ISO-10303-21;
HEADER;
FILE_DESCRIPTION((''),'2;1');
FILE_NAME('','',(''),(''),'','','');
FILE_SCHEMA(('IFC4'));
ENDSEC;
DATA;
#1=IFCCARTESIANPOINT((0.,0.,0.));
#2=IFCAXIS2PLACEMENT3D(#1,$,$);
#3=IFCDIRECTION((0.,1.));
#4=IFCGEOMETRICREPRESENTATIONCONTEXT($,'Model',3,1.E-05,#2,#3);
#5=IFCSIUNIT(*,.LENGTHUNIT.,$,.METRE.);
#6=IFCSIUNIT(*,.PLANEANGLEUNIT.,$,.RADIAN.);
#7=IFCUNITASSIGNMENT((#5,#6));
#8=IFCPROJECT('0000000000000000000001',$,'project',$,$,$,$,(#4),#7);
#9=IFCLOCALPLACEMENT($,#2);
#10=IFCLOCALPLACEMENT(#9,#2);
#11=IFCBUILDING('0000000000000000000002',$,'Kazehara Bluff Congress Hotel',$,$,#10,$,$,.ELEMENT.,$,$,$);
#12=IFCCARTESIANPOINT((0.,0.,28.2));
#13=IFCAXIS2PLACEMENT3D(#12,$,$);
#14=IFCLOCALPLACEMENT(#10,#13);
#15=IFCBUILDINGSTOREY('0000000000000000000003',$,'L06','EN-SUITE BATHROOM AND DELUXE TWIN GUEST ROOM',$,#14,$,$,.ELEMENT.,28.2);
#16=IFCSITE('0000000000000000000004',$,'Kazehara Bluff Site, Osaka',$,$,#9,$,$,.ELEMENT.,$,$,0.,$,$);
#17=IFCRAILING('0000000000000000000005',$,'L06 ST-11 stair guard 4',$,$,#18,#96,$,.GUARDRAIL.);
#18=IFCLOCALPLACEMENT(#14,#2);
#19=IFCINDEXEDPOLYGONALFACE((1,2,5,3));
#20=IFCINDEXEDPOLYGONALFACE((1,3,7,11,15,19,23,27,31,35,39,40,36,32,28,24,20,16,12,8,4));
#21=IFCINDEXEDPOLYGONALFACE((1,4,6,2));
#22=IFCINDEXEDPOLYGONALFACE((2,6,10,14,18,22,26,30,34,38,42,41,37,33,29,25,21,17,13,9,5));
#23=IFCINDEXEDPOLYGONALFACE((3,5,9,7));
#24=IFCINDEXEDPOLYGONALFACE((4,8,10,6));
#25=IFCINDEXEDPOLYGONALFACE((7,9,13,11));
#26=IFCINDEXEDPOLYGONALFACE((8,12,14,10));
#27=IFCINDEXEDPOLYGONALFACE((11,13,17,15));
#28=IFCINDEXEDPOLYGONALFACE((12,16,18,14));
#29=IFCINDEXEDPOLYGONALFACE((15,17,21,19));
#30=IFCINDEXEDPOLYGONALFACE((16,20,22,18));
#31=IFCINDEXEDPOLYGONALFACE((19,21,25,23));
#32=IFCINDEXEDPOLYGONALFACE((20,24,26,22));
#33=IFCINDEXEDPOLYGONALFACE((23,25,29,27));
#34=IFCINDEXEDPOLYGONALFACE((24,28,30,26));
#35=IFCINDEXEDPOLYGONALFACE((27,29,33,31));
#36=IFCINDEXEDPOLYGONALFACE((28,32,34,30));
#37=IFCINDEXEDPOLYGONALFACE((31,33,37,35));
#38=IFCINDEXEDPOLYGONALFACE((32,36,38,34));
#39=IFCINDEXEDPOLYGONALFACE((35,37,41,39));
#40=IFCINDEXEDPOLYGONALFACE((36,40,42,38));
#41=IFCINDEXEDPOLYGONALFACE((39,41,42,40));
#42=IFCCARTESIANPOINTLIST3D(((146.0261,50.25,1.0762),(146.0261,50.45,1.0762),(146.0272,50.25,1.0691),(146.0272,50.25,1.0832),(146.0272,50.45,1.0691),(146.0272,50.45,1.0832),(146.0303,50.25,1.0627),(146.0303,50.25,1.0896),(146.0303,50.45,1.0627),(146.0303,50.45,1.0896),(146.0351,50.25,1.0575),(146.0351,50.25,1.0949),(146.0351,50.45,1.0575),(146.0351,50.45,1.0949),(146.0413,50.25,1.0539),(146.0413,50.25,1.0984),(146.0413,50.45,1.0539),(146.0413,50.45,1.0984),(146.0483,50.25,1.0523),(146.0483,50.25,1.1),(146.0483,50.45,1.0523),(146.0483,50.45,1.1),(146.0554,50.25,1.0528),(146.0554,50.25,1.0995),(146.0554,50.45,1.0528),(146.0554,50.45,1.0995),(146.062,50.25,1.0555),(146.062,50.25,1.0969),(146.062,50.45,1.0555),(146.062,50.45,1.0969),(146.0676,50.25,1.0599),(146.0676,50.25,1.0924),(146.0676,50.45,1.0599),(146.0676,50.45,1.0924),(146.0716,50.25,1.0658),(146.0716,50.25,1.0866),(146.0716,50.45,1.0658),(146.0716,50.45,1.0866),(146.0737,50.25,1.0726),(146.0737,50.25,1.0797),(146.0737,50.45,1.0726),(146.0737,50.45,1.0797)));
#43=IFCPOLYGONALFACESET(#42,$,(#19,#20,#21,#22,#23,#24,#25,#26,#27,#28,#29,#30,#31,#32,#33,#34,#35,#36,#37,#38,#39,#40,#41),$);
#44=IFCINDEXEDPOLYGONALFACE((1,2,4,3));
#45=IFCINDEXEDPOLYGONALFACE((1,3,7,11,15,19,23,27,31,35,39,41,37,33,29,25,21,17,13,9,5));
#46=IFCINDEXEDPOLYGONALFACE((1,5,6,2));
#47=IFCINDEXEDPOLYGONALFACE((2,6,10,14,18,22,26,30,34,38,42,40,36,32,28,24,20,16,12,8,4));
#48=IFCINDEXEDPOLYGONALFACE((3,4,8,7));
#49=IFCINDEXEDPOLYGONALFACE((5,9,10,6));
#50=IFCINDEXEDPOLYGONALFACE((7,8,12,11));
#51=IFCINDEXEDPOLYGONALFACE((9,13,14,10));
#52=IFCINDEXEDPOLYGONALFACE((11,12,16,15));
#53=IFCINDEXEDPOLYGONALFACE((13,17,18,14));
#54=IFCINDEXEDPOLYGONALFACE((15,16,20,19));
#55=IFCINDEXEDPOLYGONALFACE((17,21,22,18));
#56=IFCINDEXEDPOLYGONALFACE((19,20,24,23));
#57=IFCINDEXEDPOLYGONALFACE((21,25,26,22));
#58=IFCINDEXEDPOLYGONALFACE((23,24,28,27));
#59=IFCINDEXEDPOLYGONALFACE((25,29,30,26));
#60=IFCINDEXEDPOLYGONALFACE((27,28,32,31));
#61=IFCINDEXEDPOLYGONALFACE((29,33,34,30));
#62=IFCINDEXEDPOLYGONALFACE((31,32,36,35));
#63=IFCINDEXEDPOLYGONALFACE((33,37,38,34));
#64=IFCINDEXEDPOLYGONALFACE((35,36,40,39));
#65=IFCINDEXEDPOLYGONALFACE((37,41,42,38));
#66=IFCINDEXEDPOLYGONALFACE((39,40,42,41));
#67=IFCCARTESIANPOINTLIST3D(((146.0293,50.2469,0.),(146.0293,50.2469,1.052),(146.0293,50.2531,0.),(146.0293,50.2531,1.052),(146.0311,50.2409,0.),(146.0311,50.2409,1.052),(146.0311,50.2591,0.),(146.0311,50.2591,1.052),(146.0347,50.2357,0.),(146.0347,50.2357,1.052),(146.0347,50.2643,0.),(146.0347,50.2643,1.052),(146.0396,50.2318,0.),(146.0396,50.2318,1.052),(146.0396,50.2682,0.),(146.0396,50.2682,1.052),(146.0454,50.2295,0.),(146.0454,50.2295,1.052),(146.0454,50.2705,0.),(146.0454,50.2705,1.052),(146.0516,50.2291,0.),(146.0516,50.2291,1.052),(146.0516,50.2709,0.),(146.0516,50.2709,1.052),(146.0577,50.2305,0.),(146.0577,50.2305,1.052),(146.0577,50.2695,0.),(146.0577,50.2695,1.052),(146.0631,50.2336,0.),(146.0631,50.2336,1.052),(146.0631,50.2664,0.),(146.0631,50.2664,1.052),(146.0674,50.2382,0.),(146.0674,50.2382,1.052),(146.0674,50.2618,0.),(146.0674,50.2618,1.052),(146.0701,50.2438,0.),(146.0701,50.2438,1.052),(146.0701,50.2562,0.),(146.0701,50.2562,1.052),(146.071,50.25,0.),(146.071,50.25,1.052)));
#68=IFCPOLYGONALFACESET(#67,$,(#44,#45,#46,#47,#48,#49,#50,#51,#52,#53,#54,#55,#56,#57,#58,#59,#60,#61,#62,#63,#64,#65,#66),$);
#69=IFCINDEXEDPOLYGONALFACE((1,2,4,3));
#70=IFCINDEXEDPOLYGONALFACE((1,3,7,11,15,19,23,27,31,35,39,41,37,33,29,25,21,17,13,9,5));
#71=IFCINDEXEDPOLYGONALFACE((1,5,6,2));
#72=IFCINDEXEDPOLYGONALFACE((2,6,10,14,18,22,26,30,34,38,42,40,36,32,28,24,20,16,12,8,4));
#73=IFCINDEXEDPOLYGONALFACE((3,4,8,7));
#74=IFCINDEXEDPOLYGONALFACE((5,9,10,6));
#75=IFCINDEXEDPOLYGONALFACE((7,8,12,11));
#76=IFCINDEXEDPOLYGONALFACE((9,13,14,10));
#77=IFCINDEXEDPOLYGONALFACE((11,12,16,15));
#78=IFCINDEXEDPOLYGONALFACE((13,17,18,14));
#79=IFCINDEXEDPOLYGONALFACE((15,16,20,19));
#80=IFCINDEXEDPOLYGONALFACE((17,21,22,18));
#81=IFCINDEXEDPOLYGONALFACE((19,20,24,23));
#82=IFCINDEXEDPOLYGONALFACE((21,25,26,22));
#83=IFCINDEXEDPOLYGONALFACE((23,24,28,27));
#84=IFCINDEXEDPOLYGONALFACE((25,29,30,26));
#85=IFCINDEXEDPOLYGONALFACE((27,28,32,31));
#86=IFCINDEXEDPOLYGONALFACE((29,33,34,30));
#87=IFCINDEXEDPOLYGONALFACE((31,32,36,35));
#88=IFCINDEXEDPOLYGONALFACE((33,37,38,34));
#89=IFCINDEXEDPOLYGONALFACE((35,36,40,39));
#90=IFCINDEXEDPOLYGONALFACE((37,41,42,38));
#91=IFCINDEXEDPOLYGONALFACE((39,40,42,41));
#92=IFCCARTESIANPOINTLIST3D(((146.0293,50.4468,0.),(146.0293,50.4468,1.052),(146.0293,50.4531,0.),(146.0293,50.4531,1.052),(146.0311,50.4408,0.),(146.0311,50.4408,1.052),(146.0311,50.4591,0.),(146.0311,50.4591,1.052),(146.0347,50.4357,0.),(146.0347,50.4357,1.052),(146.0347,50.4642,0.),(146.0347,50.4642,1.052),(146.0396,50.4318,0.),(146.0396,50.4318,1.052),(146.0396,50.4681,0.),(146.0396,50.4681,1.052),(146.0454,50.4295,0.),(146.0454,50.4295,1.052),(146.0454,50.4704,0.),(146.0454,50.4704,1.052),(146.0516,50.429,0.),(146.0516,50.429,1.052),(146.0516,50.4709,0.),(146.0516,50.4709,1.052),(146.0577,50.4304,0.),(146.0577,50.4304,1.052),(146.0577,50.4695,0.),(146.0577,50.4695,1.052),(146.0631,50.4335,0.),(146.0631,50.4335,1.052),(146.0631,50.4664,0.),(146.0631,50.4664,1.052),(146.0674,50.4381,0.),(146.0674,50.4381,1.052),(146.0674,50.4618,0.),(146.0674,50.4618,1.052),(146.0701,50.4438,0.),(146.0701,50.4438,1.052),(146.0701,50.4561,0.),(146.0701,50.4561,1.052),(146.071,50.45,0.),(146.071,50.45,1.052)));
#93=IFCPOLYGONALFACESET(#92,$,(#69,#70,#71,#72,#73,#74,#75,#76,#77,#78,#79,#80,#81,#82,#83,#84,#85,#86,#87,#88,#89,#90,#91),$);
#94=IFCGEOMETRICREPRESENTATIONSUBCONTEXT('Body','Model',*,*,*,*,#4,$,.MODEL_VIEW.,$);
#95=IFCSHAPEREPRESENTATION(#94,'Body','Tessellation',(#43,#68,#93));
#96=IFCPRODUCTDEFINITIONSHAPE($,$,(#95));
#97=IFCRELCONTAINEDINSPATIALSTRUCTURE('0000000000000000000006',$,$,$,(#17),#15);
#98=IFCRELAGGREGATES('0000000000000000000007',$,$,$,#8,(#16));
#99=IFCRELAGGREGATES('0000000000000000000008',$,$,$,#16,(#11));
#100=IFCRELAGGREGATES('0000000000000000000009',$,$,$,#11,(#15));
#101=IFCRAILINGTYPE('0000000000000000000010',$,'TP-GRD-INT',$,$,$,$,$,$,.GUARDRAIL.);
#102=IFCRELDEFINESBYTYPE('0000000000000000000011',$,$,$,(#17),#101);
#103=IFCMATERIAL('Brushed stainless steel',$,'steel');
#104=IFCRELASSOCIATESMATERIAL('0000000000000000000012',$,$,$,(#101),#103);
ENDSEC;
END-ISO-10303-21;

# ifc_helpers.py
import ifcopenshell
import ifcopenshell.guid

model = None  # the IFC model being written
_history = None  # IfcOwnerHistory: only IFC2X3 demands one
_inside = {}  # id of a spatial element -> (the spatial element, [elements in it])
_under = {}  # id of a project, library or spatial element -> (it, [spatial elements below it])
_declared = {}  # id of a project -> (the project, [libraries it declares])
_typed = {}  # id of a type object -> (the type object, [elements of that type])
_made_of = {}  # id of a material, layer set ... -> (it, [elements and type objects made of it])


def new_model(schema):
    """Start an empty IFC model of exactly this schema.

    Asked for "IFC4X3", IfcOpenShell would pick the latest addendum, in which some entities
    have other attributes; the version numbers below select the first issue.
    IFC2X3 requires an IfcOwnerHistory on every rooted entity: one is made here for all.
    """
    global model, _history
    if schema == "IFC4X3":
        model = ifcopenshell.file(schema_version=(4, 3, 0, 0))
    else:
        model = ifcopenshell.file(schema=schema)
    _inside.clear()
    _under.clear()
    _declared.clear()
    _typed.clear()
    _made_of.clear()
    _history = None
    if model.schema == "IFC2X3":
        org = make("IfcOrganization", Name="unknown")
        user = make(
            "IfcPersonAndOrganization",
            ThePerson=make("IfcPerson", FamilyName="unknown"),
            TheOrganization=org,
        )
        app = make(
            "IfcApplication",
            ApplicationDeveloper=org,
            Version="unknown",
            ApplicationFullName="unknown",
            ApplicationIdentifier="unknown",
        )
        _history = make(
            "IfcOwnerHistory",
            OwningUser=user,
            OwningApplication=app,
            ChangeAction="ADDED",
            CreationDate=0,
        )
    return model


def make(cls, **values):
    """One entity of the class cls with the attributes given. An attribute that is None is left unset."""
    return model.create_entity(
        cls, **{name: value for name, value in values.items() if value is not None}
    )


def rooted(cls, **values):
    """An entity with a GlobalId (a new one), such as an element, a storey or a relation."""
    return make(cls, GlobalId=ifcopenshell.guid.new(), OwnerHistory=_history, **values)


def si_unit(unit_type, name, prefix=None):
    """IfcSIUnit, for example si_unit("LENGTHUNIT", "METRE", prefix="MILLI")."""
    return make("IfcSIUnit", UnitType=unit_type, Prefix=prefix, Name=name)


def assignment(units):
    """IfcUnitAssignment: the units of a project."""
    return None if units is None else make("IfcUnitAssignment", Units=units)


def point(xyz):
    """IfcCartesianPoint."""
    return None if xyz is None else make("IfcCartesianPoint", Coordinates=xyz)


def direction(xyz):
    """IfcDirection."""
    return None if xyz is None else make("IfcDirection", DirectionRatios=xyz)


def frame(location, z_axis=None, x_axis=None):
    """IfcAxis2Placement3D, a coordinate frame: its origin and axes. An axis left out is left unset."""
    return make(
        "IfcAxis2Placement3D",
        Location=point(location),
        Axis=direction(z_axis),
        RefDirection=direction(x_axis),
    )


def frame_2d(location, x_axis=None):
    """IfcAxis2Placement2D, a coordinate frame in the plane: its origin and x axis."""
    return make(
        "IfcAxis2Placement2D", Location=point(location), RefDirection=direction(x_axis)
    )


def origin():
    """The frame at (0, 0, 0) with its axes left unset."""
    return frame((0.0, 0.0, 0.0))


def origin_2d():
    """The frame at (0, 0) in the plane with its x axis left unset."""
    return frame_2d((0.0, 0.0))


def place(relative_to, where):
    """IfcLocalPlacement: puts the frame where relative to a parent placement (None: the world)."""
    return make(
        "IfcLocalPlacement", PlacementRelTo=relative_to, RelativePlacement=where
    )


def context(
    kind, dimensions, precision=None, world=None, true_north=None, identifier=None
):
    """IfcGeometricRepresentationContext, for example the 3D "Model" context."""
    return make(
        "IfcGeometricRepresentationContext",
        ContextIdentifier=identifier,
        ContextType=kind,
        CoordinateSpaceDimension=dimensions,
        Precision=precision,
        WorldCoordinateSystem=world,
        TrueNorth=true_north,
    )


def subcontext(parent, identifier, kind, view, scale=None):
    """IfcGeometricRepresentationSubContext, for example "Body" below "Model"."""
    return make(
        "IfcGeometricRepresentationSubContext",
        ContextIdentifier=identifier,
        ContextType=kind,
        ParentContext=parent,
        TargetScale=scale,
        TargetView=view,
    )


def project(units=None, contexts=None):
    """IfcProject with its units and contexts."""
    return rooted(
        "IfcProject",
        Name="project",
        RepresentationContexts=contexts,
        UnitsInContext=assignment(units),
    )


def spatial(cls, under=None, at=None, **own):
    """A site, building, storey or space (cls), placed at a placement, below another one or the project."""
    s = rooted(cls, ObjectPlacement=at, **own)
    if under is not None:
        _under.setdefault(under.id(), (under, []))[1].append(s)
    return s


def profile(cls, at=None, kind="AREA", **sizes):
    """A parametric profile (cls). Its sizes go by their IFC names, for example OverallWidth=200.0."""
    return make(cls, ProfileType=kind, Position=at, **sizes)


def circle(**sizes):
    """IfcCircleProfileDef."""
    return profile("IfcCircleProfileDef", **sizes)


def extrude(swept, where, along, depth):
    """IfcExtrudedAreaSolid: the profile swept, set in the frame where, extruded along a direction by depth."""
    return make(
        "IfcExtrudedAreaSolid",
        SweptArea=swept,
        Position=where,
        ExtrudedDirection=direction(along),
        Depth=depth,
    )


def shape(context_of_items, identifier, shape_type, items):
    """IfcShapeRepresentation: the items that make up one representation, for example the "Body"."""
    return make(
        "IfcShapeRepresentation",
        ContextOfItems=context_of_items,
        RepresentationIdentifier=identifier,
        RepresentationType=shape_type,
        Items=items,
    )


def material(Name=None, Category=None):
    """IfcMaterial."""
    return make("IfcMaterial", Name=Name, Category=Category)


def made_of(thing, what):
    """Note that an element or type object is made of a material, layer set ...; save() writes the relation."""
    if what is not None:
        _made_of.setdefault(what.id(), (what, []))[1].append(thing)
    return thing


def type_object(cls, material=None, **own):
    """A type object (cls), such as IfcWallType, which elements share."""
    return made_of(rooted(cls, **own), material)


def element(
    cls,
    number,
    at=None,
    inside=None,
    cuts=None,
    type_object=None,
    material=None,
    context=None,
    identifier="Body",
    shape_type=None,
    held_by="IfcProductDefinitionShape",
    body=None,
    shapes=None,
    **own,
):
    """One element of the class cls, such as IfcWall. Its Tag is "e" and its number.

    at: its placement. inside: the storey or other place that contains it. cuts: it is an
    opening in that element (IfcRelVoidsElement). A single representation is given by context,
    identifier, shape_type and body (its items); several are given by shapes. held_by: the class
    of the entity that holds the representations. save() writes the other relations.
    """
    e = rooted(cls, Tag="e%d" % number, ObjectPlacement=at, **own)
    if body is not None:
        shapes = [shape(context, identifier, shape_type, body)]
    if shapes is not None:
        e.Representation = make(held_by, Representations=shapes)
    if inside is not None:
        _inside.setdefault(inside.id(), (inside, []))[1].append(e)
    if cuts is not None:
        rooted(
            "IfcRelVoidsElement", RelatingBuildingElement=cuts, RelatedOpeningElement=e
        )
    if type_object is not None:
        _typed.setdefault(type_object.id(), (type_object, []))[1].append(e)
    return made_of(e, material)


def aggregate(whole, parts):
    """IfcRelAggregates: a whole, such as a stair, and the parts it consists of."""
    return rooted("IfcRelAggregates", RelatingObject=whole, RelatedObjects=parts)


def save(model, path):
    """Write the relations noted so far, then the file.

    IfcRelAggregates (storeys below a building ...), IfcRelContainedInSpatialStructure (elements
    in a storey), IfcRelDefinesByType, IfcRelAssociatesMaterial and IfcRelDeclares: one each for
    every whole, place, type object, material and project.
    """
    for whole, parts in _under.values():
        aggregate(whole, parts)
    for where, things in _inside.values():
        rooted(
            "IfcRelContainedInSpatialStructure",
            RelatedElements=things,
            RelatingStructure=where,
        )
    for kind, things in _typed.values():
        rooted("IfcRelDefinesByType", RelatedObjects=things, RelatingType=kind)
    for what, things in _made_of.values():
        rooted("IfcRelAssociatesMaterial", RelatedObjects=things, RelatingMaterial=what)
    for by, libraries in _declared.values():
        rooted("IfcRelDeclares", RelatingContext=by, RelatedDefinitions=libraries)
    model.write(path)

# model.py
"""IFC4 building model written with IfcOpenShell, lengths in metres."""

from ifc_helpers import new_model, si_unit, direction, frame, origin, origin_2d, place, context, subcontext, project, spatial, circle, extrude, material, type_object, element, save


model = new_model("IFC4")

# Units and contexts
model_context = context("Model", 3, precision=1e-05, world=origin(), true_north=direction((0.0, 1.0)))
body_context = subcontext(model_context, "Body", "Model", "MODEL_VIEW")
ifc_project = project(units=[si_unit("LENGTHUNIT", "METRE"), si_unit("PLANEANGLEUNIT", "RADIAN")], contexts=[model_context])

# Site, building, storey
site_placement = place(None, origin())
site = spatial("IfcSite", under=ifc_project, at=site_placement, Name="Kazehara Bluff Site, Osaka", CompositionType="ELEMENT", RefElevation=0.0)
building_placement = place(site_placement, origin())
building = spatial("IfcBuilding", under=site, at=building_placement, Name="Kazehara Bluff Congress Hotel", CompositionType="ELEMENT")
storey_placement = place(building_placement, frame((0.0, 0.0, 28.2)))
storey = spatial("IfcBuildingStorey", under=building, at=storey_placement, Name="L06", Description="EN-SUITE BATHROOM AND DELUXE TWIN GUEST ROOM", CompositionType="ELEMENT", Elevation=28.2)

# Railing
ifc_material_1 = material(Name="Brushed stainless steel", Category="steel")
railing_type_1 = type_object("IfcRailingType", Name="TP-GRD-INT", PredefinedType="GUARDRAIL", material=ifc_material_1)
railing_1_placement = place(storey_placement, frame((146.05, 50.25, 0.0)))
element("IfcRailing", 1, at=railing_1_placement, inside=storey, type_object=railing_type_1, Name="L06 ST-11 stair guard 4", PredefinedType="GUARDRAIL", context=body_context, shape_type="SweptSolid", body=[
    extrude(circle(Radius=0.0239, at=origin_2d()), frame((0.0, 0.0, 1.0762), z_axis=(0.0, 1.0, 0.0), x_axis=(-1.0, 0.0, 0.0)), (0.0, 0.0, 1.0), 0.2),
    extrude(circle(Radius=0.021, at=origin_2d()), origin(), (0.0, 0.0, 1.0), 1.052),
    extrude(circle(Radius=0.021, at=origin_2d()), frame((0.0, 0.2, 0.0)), (0.0, 0.0, 1.0), 1.052),
])

save(model, "model.ifc")
